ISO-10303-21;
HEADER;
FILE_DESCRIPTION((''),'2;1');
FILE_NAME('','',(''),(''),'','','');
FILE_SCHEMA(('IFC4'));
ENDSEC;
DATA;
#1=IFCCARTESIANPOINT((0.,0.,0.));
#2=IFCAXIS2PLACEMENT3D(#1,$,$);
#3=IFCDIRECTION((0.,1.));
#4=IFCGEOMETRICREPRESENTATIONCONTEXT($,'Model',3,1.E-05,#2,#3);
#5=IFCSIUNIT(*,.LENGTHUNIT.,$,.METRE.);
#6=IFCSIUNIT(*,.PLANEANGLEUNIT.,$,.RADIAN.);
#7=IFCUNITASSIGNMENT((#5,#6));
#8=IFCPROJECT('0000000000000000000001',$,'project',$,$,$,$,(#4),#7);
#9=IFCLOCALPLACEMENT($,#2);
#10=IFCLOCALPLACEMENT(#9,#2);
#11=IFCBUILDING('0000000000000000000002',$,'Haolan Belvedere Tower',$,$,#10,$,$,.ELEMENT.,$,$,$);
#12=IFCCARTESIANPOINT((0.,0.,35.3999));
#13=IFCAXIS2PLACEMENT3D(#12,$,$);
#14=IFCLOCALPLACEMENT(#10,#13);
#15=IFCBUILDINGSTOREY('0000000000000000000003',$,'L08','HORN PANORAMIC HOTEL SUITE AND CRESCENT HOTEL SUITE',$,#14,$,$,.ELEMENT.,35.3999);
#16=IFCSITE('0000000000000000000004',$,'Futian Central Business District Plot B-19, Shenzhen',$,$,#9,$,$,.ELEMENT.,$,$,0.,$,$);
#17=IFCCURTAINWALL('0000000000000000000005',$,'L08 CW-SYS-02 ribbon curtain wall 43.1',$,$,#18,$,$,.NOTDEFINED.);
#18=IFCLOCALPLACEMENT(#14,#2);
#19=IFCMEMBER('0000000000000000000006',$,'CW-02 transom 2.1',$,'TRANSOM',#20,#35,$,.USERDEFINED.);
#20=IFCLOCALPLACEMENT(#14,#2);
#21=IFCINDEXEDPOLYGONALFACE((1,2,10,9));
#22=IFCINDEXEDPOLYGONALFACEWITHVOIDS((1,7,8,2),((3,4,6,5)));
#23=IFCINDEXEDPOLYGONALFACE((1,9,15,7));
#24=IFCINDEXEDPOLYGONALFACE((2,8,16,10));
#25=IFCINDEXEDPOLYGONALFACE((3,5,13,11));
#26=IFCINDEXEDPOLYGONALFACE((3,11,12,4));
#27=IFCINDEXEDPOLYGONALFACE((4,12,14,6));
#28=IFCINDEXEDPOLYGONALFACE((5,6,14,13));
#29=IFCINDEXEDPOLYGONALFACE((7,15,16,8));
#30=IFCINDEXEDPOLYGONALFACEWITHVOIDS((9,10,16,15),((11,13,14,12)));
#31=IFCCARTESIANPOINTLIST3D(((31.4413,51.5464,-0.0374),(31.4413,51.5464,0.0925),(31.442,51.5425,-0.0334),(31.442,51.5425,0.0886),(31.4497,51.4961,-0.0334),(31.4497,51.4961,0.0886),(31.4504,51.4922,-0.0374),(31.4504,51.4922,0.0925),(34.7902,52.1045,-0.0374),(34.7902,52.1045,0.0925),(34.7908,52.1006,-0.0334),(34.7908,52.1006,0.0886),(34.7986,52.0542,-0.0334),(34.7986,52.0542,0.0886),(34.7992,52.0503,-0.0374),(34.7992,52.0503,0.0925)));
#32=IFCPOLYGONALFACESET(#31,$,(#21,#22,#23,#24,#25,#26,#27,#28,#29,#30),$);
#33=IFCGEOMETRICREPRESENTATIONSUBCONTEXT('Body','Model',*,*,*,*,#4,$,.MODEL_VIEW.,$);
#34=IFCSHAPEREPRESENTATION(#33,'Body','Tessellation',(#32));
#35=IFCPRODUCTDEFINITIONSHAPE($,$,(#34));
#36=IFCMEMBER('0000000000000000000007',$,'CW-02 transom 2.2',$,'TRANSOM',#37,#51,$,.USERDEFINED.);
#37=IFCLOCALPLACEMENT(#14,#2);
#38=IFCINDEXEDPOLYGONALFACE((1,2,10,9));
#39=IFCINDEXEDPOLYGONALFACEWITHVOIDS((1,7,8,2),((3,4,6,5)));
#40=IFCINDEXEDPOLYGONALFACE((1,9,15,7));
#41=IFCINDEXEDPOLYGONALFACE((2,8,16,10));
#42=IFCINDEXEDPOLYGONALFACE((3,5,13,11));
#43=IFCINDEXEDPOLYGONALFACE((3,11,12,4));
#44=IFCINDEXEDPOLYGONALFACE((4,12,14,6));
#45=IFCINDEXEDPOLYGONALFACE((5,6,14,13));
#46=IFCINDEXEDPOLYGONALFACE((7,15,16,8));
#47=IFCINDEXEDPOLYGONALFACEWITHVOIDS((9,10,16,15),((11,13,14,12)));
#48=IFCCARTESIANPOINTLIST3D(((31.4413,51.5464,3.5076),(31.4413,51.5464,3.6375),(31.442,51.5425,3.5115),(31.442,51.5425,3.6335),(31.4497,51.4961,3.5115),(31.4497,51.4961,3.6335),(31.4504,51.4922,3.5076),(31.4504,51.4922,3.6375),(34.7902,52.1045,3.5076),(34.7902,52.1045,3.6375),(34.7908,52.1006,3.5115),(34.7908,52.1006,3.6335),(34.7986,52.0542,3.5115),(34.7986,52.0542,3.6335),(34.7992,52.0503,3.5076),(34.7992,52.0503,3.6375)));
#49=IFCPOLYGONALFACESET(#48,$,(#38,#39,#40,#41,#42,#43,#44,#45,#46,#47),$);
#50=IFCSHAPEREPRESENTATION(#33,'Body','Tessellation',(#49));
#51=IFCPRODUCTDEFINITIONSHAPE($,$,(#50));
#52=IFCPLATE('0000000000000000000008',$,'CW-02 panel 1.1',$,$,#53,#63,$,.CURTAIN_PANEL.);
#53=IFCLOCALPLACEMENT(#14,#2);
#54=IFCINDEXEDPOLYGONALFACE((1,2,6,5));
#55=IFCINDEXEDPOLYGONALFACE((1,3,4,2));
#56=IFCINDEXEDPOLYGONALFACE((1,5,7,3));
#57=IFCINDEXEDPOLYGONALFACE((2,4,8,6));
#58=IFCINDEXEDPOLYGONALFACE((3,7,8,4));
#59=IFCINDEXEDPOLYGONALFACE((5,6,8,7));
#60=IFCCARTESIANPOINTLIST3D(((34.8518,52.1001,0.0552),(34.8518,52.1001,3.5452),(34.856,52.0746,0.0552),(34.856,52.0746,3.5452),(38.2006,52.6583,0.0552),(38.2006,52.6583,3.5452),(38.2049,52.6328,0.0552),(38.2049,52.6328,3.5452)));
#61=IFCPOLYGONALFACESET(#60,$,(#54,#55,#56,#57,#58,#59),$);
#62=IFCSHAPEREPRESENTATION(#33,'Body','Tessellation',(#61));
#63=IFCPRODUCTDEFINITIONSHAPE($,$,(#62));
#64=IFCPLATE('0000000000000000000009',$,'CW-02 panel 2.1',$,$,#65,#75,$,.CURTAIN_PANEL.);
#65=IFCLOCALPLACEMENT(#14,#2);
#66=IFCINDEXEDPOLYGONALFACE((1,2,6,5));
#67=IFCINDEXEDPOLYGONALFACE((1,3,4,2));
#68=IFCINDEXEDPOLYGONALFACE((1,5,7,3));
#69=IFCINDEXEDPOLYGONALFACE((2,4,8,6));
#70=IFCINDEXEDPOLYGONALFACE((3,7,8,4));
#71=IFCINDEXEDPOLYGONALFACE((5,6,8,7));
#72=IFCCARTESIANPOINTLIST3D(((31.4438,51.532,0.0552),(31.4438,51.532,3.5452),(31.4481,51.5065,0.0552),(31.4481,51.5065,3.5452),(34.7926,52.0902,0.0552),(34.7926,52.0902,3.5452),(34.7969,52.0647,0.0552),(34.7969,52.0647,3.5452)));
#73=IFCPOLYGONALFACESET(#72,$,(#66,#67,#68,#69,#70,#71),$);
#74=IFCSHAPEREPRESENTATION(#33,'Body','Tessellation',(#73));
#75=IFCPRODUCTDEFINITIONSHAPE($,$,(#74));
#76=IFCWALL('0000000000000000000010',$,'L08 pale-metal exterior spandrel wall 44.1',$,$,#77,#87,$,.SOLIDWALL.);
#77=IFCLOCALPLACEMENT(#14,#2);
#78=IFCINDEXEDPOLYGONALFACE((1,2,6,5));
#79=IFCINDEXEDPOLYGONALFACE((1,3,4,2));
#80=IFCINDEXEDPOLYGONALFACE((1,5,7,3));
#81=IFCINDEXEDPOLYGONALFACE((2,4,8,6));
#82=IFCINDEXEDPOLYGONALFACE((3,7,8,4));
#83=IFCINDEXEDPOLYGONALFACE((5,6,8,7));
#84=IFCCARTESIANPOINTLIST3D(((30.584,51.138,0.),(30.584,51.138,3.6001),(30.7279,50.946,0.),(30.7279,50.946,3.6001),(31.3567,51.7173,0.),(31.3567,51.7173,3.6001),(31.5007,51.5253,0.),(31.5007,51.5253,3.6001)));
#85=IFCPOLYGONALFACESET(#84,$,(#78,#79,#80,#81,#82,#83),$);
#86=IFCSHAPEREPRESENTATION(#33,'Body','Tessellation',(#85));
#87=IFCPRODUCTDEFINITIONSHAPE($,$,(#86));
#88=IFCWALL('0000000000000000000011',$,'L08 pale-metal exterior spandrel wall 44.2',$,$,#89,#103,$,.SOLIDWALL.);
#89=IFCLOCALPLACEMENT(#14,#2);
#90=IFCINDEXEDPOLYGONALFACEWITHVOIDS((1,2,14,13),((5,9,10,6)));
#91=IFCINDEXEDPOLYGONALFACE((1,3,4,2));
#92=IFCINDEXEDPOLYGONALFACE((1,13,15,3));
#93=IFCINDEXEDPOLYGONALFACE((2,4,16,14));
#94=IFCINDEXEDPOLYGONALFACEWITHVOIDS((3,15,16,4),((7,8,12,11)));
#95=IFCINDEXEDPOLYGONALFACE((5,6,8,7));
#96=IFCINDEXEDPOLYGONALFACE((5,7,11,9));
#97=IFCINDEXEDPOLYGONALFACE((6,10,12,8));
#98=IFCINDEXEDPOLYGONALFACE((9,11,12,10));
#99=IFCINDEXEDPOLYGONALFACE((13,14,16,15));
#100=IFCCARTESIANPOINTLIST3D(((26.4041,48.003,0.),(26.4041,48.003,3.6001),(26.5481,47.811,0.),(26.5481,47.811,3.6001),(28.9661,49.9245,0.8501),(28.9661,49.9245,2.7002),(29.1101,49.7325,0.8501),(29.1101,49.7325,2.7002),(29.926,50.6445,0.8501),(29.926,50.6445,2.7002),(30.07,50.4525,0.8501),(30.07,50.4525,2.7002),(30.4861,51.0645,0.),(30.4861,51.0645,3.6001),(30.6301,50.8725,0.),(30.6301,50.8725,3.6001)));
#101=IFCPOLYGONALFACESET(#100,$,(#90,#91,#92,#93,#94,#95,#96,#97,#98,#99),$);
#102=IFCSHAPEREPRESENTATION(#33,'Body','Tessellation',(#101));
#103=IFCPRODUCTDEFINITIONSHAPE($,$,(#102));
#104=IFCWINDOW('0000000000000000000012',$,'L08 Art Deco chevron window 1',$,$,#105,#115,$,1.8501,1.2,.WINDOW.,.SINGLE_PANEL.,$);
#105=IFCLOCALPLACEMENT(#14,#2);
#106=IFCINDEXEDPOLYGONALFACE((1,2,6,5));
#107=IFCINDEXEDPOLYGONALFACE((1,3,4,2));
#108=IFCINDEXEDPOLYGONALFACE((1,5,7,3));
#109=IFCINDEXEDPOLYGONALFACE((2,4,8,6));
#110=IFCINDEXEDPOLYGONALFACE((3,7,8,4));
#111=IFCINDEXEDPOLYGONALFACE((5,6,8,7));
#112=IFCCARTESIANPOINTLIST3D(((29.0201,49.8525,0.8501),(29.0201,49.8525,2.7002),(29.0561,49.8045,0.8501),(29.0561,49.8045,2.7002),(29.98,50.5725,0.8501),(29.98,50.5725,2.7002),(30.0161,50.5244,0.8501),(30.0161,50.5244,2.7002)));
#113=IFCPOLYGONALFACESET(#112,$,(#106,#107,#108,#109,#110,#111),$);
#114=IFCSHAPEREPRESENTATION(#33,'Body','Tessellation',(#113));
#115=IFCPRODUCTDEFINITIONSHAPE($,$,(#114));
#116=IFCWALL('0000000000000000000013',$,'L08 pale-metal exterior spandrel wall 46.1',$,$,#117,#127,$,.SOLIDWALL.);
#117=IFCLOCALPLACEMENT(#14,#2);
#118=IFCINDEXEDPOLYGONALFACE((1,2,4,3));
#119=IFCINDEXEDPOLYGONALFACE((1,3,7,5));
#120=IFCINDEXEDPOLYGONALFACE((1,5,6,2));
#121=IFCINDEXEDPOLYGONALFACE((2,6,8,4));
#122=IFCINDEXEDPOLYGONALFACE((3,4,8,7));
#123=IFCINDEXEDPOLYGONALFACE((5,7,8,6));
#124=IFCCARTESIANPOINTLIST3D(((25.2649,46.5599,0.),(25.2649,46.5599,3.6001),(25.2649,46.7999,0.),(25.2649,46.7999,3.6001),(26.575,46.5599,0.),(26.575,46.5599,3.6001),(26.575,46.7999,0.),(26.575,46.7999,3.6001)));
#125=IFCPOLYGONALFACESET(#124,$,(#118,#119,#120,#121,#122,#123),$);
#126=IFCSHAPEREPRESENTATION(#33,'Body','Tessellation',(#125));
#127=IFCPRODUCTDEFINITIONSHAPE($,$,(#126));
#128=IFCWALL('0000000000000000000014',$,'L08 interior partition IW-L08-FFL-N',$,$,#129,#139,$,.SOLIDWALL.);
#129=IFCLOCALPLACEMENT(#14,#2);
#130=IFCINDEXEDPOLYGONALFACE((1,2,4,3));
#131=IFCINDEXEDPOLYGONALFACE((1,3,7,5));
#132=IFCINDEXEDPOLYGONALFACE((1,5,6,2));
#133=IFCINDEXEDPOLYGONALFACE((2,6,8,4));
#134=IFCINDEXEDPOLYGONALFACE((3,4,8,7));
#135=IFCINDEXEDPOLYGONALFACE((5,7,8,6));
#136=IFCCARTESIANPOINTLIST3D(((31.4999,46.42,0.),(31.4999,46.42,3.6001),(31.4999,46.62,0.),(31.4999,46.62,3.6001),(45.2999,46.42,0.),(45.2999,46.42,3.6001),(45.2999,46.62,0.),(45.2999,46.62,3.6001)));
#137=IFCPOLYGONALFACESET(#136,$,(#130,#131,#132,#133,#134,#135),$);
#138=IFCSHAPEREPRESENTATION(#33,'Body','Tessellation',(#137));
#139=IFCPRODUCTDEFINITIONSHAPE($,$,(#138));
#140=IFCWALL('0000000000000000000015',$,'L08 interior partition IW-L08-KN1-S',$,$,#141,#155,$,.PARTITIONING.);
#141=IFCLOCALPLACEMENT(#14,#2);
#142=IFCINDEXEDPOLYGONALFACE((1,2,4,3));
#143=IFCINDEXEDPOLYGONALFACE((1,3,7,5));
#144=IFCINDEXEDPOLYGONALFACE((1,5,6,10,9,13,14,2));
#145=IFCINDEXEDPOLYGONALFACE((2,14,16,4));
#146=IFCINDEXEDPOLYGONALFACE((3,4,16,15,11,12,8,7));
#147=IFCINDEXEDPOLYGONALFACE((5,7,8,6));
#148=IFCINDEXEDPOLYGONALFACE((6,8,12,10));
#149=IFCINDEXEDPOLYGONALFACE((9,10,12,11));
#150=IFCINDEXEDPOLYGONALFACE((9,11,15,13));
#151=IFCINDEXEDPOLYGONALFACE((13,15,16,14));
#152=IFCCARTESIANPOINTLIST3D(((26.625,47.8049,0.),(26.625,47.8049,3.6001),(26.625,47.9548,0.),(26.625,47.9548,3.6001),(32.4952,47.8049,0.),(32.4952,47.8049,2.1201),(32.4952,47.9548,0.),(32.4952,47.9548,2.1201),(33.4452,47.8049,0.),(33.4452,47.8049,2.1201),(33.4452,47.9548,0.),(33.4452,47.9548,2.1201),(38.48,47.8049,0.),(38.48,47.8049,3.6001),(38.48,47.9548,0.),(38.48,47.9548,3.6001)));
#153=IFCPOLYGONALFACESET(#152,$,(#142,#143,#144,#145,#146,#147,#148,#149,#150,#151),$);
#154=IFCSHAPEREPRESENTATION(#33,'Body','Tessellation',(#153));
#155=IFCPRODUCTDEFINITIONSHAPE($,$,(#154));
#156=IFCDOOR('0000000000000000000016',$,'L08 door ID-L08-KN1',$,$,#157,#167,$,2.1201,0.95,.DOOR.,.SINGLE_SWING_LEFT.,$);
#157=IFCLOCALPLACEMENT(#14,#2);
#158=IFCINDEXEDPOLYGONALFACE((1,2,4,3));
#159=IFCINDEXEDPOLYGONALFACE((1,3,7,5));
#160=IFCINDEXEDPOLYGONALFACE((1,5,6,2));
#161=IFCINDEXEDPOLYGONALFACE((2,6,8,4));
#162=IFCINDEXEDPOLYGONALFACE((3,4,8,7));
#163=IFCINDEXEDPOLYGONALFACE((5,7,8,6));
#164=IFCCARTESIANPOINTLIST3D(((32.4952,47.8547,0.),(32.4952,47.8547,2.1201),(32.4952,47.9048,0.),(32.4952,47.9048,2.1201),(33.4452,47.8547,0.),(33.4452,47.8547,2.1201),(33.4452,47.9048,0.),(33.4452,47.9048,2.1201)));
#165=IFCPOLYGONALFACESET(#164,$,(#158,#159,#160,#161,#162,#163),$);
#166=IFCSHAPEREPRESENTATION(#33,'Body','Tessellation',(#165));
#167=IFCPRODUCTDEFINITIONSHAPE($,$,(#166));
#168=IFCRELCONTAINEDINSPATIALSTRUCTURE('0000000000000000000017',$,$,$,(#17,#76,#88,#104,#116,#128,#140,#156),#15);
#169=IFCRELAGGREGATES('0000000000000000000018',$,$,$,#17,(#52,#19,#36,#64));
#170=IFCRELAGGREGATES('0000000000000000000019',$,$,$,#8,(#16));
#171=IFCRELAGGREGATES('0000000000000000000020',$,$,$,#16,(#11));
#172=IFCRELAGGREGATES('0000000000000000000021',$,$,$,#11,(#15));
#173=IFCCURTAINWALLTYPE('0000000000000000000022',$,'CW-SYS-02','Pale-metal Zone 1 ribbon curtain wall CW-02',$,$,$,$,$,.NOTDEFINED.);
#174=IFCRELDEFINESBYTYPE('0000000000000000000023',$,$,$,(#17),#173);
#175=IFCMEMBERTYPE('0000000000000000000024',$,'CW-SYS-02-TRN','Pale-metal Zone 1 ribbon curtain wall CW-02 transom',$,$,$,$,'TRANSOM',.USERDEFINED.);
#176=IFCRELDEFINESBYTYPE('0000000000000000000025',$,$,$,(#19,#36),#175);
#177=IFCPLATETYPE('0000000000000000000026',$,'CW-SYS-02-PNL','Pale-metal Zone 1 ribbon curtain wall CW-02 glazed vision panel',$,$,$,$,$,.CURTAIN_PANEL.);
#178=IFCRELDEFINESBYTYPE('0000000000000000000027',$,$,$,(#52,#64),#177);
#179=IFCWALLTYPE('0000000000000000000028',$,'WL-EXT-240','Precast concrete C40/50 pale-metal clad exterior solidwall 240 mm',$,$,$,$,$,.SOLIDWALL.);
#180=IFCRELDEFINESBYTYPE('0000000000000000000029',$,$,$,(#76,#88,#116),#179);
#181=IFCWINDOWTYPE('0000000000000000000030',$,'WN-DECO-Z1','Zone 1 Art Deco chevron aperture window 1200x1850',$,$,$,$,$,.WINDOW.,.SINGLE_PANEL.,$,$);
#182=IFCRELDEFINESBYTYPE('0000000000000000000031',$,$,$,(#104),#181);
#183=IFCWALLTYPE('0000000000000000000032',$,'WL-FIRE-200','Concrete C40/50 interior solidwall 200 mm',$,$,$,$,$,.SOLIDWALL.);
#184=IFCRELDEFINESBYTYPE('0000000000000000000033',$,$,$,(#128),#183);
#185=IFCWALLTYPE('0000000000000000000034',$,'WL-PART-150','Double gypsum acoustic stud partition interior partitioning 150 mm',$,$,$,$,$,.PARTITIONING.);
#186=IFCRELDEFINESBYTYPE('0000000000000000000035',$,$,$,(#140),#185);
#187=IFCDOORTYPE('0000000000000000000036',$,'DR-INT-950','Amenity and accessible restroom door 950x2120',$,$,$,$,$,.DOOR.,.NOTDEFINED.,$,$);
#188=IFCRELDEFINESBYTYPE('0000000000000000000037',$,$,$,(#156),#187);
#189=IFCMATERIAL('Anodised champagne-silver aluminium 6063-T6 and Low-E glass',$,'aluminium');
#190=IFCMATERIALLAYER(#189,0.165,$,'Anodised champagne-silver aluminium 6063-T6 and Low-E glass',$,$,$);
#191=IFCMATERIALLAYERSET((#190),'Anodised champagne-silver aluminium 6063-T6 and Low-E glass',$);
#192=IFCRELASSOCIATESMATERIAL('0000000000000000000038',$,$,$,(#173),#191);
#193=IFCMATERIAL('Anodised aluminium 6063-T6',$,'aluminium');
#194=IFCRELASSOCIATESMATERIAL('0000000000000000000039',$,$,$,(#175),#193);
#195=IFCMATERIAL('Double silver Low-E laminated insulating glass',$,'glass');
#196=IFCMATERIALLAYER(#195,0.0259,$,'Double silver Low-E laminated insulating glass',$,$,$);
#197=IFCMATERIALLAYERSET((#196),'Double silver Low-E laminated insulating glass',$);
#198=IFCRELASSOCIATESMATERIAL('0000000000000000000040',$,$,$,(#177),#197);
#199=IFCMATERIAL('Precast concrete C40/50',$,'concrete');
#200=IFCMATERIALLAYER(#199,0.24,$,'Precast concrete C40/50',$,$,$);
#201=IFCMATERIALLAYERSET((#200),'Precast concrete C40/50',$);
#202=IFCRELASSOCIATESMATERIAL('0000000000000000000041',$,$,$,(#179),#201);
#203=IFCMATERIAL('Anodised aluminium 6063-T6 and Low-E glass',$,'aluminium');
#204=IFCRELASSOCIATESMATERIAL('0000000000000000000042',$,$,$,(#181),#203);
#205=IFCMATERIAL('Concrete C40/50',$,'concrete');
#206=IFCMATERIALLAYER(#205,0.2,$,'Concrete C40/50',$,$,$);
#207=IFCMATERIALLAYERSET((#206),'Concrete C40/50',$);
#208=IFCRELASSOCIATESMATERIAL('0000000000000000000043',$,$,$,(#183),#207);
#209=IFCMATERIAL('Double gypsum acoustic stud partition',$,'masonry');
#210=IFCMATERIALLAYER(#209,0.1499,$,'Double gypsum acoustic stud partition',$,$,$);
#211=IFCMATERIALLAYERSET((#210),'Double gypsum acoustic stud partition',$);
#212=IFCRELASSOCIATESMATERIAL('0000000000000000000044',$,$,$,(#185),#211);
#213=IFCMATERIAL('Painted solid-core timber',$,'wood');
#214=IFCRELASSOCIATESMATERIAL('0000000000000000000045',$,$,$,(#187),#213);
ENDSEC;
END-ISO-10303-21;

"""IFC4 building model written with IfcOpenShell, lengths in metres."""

from ifc_helpers import new_model, si_unit, direction, frame, frame_2d, origin, origin_2d, place, context, subcontext, project, spatial, rectangle, hollow_rectangle, extrude, material, layer, layer_set, material_profile, profile_set, type_object, element, fill, aggregate, save


model = new_model("IFC4")

# Units and contexts
model_context = context("Model", 3, precision=1e-05, world=origin(), true_north=direction((0.0, 1.0)))
body_context = subcontext(model_context, "Body", "Model", "MODEL_VIEW")
ifc_project = project(units=[si_unit("LENGTHUNIT", "METRE"), si_unit("PLANEANGLEUNIT", "RADIAN")], contexts=[model_context])

# Site, building, storey
site_placement = place(None, origin())
site = spatial("IfcSite", under=ifc_project, at=site_placement, Name="Futian Central Business District Plot B-19, Shenzhen", CompositionType="ELEMENT", RefElevation=0.0)
building_placement = place(site_placement, origin())
building = spatial("IfcBuilding", under=site, at=building_placement, Name="Haolan Belvedere Tower", CompositionType="ELEMENT")
storey_placement = place(building_placement, frame((0.0, 0.0, 35.3999)))
storey = spatial("IfcBuildingStorey", under=building, at=storey_placement, Name="L08", Description="HORN PANORAMIC HOTEL SUITE AND CRESCENT HOTEL SUITE", CompositionType="ELEMENT", Elevation=35.3999)

# Curtain wall, members, plates
ifc_material_1 = material(Name="Anodised champagne-silver aluminium 6063-T6 and Low-E glass", Category="aluminium")
ifc_layer_1 = layer(ifc_material_1, 0.165, Name="Anodised champagne-silver aluminium 6063-T6 and Low-E glass")
ifc_layer_set_1 = layer_set([ifc_layer_1], Name="Anodised champagne-silver aluminium 6063-T6 and Low-E glass")
curtain_wall_type = type_object("IfcCurtainWallType", Name="CW-SYS-02", Description="Pale-metal Zone 1 ribbon curtain wall CW-02", PredefinedType="NOTDEFINED", material=ifc_layer_set_1)
curtain_wall_placement = place(storey_placement, origin())
curtain_wall = element("IfcCurtainWall", 1, at=curtain_wall_placement, inside=storey, type_object=curtain_wall_type, Name="L08 CW-SYS-02 ribbon curtain wall 43.1", PredefinedType="NOTDEFINED")
ifc_material_2 = material(Name="Anodised aluminium 6063-T6", Category="aluminium")
ifc_material_profile_1 = material_profile(ifc_material_2, hollow_rectangle(XDim=0.0549, YDim=0.1299, WallThickness=0.0039, at=origin_2d()), Name="Anodised aluminium 6063-T6")
ifc_profile_set_1 = profile_set([ifc_material_profile_1], Name="Anodised aluminium 6063-T6")
member_type_1 = type_object("IfcMemberType", Name="CW-SYS-02-TRN", Description="Pale-metal Zone 1 ribbon curtain wall CW-02 transom", ElementType="TRANSOM", PredefinedType="USERDEFINED", material=ifc_profile_set_1)
member_1_placement = place(storey_placement, frame((34.7947, 52.0774, 0.0276), z_axis=(-0.986396, -0.164387, 0.0), x_axis=(0.164387, -0.986396, 0.0)))
member_1 = element("IfcMember", 2, at=member_1_placement, type_object=member_type_1, Name="CW-02 transom 2.1", ObjectType="TRANSOM", PredefinedType="USERDEFINED", context=body_context, shape_type="SweptSolid", body=[
    extrude(hollow_rectangle(XDim=0.0549, YDim=0.1299, WallThickness=0.0039, at=origin_2d()), origin(), (0.0, 0.0, 1.0), 3.395),
])
member_2_placement = place(storey_placement, frame((34.7947, 52.0774, 3.5725), z_axis=(-0.986396, -0.164387, 0.0), x_axis=(0.164387, -0.986396, 0.0)))
member_2 = element("IfcMember", 3, at=member_2_placement, type_object=member_type_1, Name="CW-02 transom 2.2", ObjectType="TRANSOM", PredefinedType="USERDEFINED", context=body_context, shape_type="SweptSolid", body=[
    extrude(hollow_rectangle(XDim=0.0549, YDim=0.1299, WallThickness=0.0039, at=origin_2d()), origin(), (0.0, 0.0, 1.0), 3.395),
])
ifc_material_3 = material(Name="Double silver Low-E laminated insulating glass", Category="glass")
ifc_layer_2 = layer(ifc_material_3, 0.0259, Name="Double silver Low-E laminated insulating glass")
ifc_layer_set_2 = layer_set([ifc_layer_2], Name="Double silver Low-E laminated insulating glass")
plate_type = type_object("IfcPlateType", Name="CW-SYS-02-PNL", Description="Pale-metal Zone 1 ribbon curtain wall CW-02 glazed vision panel", PredefinedType="CURTAIN_PANEL", material=ifc_layer_set_2)
plate_1_placement = place(storey_placement, frame((36.5283, 52.3665, 0.0552), z_axis=(0.0, 0.0, 1.0), x_axis=(-0.986393, -0.164404, 0.0)))
plate_1 = element("IfcPlate", 4, at=plate_1_placement, type_object=plate_type, Name="CW-02 panel 1.1", PredefinedType="CURTAIN_PANEL", context=body_context, shape_type="SweptSolid", body=[
    extrude(rectangle(XDim=3.395, YDim=0.0259, at=origin_2d()), origin(), (0.0, 0.0, 1.0), 3.49),
])
plate_2_placement = place(storey_placement, frame((33.1204, 51.7983, 0.0552), z_axis=(0.0, 0.0, 1.0), x_axis=(-0.986393, -0.164404, 0.0)))
plate_2 = element("IfcPlate", 5, at=plate_2_placement, type_object=plate_type, Name="CW-02 panel 2.1", PredefinedType="CURTAIN_PANEL", context=body_context, shape_type="SweptSolid", body=[
    extrude(rectangle(XDim=3.395, YDim=0.0259, at=origin_2d()), origin(), (0.0, 0.0, 1.0), 3.49),
])
aggregate(curtain_wall, [plate_1, member_1, member_2, plate_2])

# Wall
ifc_material_4 = material(Name="Precast concrete C40/50", Category="concrete")
ifc_layer_3 = layer(ifc_material_4, 0.24, Name="Precast concrete C40/50")
ifc_layer_set_3 = layer_set([ifc_layer_3], Name="Precast concrete C40/50")
wall_type_1 = type_object("IfcWallType", Name="WL-EXT-240", Description="Precast concrete C40/50 pale-metal clad exterior solidwall 240 mm", PredefinedType="SOLIDWALL", material=ifc_layer_set_3)
wall_1_placement = place(storey_placement, frame((31.4287, 51.6213, 0.0), z_axis=(0.0, 0.0, 1.0), x_axis=(-0.800091, -0.599879, 0.0)))
element("IfcWall", 6, at=wall_1_placement, inside=storey, type_object=wall_type_1, Name="L08 pale-metal exterior spandrel wall 44.1", PredefinedType="SOLIDWALL", context=body_context, shape_type="SweptSolid", body=[
    extrude(rectangle(XDim=0.9658, YDim=0.24, at=frame_2d((0.4829, 0.0))), origin(), (0.0, 0.0, 1.0), 3.6001),
])

# Wall, opening, window
wall_2_placement = place(storey_placement, frame((30.5581, 50.9685, 0.0), z_axis=(0.0, 0.0, 1.0), x_axis=(-0.8, -0.6, 0.0)))
wall_2 = element("IfcWall", 7, at=wall_2_placement, inside=storey, type_object=wall_type_1, Name="L08 pale-metal exterior spandrel wall 44.2", PredefinedType="SOLIDWALL", context=body_context, shape_type="SweptSolid", body=[
    extrude(rectangle(XDim=5.1025, YDim=0.24, at=frame_2d((2.5513, 0.0))), origin(), (0.0, 0.0, 1.0), 3.6001),
])
opening_1_placement = place(wall_2_placement, frame((0.7, 0.0, 0.8501)))
opening_1 = element("IfcOpeningElement", 8, at=opening_1_placement, cuts=wall_2, PredefinedType="OPENING", context=body_context, shape_type="SweptSolid", body=[
    extrude(rectangle(XDim=1.2, YDim=1.8501, at=frame_2d((0.6001, 0.925))), frame((0.0, 0.1299, 0.0), z_axis=(0.0, -1.0, 0.0), x_axis=(1.0, 0.0, 0.0)), (0.0, 0.0, 1.0), 0.26),
])
ifc_material_5 = material(Name="Anodised aluminium 6063-T6 and Low-E glass", Category="aluminium")
window_type = type_object("IfcWindowType", Name="WN-DECO-Z1", Description="Zone 1 Art Deco chevron aperture window 1200x1850", PartitioningType="SINGLE_PANEL", PredefinedType="WINDOW", material=ifc_material_5)
window_placement = place(opening_1_placement, origin())
window = element("IfcWindow", 9, at=window_placement, inside=storey, type_object=window_type, Name="L08 Art Deco chevron window 1", OverallHeight=1.8501, OverallWidth=1.2, PartitioningType="SINGLE_PANEL", PredefinedType="WINDOW", context=body_context, shape_type="SweptSolid", body=[
    extrude(rectangle(XDim=1.2, YDim=1.8501, at=frame_2d((0.6001, 0.925))), frame((0.0, 0.03, 0.0), z_axis=(0.0, -1.0, 0.0), x_axis=(1.0, 0.0, 0.0)), (0.0, 0.0, 1.0), 0.0601),
])
fill(opening_1, window)

# Walls
wall_3_placement = place(storey_placement, frame((26.575, 46.6799, 0.0), z_axis=(0.0, 0.0, 1.0), x_axis=(-1.0, 0.0, 0.0)))
element("IfcWall", 10, at=wall_3_placement, inside=storey, type_object=wall_type_1, Name="L08 pale-metal exterior spandrel wall 46.1", PredefinedType="SOLIDWALL", context=body_context, shape_type="SweptSolid", body=[
    extrude(rectangle(XDim=1.3101, YDim=0.24, at=frame_2d((0.655, 0.0))), origin(), (0.0, 0.0, 1.0), 3.6001),
])
ifc_material_6 = material(Name="Concrete C40/50", Category="concrete")
ifc_layer_4 = layer(ifc_material_6, 0.2, Name="Concrete C40/50")
ifc_layer_set_4 = layer_set([ifc_layer_4], Name="Concrete C40/50")
wall_type_2 = type_object("IfcWallType", Name="WL-FIRE-200", Description="Concrete C40/50 interior solidwall 200 mm", PredefinedType="SOLIDWALL", material=ifc_layer_set_4)
wall_4_placement = place(storey_placement, frame((31.5, 46.52, 0.0), z_axis=(0.0, 0.0, 1.0), x_axis=(1.0, 0.0, 0.0)))
element("IfcWall", 11, at=wall_4_placement, inside=storey, type_object=wall_type_2, Name="L08 interior partition IW-L08-FFL-N", PredefinedType="SOLIDWALL", context=body_context, shape_type="SweptSolid", body=[
    extrude(rectangle(XDim=13.8, YDim=0.2, at=frame_2d((6.8999, 0.0))), origin(), (0.0, 0.0, 1.0), 3.6001),
])

# Wall, opening, door
ifc_material_7 = material(Name="Double gypsum acoustic stud partition", Category="masonry")
ifc_layer_5 = layer(ifc_material_7, 0.1499, Name="Double gypsum acoustic stud partition")
ifc_layer_set_5 = layer_set([ifc_layer_5], Name="Double gypsum acoustic stud partition")
wall_type_3 = type_object("IfcWallType", Name="WL-PART-150", Description="Double gypsum acoustic stud partition interior partitioning 150 mm", PredefinedType="PARTITIONING", material=ifc_layer_set_5)
wall_5_placement = place(storey_placement, frame((26.625, 47.8799, 0.0), z_axis=(0.0, 0.0, 1.0), x_axis=(1.0, 0.0, 0.0)))
wall_5 = element("IfcWall", 12, at=wall_5_placement, inside=storey, type_object=wall_type_3, Name="L08 interior partition IW-L08-KN1-S", PredefinedType="PARTITIONING", context=body_context, shape_type="SweptSolid", body=[
    extrude(rectangle(XDim=11.855, YDim=0.1499, at=frame_2d((5.9275, 0.0))), origin(), (0.0, 0.0, 1.0), 3.6001),
])
opening_2_placement = place(wall_5_placement, frame((5.8701, 0.0, 0.0)))
opening_2 = element("IfcOpeningElement", 13, at=opening_2_placement, cuts=wall_5, PredefinedType="OPENING", context=body_context, shape_type="SweptSolid", body=[
    extrude(rectangle(XDim=0.95, YDim=2.1201, at=frame_2d((0.4751, 1.0601))), frame((0.0, 0.085, 0.0), z_axis=(0.0, -1.0, 0.0), x_axis=(1.0, 0.0, 0.0)), (0.0, 0.0, 1.0), 0.1699),
])
ifc_material_8 = material(Name="Painted solid-core timber", Category="wood")
door_type_1 = type_object("IfcDoorType", Name="DR-INT-950", Description="Amenity and accessible restroom door 950x2120", OperationType="NOTDEFINED", PredefinedType="DOOR", material=ifc_material_8)
door_1_placement = place(opening_2_placement, origin())
door_1 = element("IfcDoor", 14, at=door_1_placement, inside=storey, type_object=door_type_1, Name="L08 door ID-L08-KN1", OperationType="SINGLE_SWING_LEFT", OverallHeight=2.1201, OverallWidth=0.95, PredefinedType="DOOR", context=body_context, shape_type="SweptSolid", body=[
    extrude(rectangle(XDim=0.95, YDim=2.1201, at=frame_2d((0.4751, 1.0601))), frame((0.0, 0.0249, 0.0), z_axis=(0.0, -1.0, 0.0), x_axis=(1.0, 0.0, 0.0)), (0.0, 0.0, 1.0), 0.05),
])
fill(opening_2, door_1)

save(model, "model.ifc")
